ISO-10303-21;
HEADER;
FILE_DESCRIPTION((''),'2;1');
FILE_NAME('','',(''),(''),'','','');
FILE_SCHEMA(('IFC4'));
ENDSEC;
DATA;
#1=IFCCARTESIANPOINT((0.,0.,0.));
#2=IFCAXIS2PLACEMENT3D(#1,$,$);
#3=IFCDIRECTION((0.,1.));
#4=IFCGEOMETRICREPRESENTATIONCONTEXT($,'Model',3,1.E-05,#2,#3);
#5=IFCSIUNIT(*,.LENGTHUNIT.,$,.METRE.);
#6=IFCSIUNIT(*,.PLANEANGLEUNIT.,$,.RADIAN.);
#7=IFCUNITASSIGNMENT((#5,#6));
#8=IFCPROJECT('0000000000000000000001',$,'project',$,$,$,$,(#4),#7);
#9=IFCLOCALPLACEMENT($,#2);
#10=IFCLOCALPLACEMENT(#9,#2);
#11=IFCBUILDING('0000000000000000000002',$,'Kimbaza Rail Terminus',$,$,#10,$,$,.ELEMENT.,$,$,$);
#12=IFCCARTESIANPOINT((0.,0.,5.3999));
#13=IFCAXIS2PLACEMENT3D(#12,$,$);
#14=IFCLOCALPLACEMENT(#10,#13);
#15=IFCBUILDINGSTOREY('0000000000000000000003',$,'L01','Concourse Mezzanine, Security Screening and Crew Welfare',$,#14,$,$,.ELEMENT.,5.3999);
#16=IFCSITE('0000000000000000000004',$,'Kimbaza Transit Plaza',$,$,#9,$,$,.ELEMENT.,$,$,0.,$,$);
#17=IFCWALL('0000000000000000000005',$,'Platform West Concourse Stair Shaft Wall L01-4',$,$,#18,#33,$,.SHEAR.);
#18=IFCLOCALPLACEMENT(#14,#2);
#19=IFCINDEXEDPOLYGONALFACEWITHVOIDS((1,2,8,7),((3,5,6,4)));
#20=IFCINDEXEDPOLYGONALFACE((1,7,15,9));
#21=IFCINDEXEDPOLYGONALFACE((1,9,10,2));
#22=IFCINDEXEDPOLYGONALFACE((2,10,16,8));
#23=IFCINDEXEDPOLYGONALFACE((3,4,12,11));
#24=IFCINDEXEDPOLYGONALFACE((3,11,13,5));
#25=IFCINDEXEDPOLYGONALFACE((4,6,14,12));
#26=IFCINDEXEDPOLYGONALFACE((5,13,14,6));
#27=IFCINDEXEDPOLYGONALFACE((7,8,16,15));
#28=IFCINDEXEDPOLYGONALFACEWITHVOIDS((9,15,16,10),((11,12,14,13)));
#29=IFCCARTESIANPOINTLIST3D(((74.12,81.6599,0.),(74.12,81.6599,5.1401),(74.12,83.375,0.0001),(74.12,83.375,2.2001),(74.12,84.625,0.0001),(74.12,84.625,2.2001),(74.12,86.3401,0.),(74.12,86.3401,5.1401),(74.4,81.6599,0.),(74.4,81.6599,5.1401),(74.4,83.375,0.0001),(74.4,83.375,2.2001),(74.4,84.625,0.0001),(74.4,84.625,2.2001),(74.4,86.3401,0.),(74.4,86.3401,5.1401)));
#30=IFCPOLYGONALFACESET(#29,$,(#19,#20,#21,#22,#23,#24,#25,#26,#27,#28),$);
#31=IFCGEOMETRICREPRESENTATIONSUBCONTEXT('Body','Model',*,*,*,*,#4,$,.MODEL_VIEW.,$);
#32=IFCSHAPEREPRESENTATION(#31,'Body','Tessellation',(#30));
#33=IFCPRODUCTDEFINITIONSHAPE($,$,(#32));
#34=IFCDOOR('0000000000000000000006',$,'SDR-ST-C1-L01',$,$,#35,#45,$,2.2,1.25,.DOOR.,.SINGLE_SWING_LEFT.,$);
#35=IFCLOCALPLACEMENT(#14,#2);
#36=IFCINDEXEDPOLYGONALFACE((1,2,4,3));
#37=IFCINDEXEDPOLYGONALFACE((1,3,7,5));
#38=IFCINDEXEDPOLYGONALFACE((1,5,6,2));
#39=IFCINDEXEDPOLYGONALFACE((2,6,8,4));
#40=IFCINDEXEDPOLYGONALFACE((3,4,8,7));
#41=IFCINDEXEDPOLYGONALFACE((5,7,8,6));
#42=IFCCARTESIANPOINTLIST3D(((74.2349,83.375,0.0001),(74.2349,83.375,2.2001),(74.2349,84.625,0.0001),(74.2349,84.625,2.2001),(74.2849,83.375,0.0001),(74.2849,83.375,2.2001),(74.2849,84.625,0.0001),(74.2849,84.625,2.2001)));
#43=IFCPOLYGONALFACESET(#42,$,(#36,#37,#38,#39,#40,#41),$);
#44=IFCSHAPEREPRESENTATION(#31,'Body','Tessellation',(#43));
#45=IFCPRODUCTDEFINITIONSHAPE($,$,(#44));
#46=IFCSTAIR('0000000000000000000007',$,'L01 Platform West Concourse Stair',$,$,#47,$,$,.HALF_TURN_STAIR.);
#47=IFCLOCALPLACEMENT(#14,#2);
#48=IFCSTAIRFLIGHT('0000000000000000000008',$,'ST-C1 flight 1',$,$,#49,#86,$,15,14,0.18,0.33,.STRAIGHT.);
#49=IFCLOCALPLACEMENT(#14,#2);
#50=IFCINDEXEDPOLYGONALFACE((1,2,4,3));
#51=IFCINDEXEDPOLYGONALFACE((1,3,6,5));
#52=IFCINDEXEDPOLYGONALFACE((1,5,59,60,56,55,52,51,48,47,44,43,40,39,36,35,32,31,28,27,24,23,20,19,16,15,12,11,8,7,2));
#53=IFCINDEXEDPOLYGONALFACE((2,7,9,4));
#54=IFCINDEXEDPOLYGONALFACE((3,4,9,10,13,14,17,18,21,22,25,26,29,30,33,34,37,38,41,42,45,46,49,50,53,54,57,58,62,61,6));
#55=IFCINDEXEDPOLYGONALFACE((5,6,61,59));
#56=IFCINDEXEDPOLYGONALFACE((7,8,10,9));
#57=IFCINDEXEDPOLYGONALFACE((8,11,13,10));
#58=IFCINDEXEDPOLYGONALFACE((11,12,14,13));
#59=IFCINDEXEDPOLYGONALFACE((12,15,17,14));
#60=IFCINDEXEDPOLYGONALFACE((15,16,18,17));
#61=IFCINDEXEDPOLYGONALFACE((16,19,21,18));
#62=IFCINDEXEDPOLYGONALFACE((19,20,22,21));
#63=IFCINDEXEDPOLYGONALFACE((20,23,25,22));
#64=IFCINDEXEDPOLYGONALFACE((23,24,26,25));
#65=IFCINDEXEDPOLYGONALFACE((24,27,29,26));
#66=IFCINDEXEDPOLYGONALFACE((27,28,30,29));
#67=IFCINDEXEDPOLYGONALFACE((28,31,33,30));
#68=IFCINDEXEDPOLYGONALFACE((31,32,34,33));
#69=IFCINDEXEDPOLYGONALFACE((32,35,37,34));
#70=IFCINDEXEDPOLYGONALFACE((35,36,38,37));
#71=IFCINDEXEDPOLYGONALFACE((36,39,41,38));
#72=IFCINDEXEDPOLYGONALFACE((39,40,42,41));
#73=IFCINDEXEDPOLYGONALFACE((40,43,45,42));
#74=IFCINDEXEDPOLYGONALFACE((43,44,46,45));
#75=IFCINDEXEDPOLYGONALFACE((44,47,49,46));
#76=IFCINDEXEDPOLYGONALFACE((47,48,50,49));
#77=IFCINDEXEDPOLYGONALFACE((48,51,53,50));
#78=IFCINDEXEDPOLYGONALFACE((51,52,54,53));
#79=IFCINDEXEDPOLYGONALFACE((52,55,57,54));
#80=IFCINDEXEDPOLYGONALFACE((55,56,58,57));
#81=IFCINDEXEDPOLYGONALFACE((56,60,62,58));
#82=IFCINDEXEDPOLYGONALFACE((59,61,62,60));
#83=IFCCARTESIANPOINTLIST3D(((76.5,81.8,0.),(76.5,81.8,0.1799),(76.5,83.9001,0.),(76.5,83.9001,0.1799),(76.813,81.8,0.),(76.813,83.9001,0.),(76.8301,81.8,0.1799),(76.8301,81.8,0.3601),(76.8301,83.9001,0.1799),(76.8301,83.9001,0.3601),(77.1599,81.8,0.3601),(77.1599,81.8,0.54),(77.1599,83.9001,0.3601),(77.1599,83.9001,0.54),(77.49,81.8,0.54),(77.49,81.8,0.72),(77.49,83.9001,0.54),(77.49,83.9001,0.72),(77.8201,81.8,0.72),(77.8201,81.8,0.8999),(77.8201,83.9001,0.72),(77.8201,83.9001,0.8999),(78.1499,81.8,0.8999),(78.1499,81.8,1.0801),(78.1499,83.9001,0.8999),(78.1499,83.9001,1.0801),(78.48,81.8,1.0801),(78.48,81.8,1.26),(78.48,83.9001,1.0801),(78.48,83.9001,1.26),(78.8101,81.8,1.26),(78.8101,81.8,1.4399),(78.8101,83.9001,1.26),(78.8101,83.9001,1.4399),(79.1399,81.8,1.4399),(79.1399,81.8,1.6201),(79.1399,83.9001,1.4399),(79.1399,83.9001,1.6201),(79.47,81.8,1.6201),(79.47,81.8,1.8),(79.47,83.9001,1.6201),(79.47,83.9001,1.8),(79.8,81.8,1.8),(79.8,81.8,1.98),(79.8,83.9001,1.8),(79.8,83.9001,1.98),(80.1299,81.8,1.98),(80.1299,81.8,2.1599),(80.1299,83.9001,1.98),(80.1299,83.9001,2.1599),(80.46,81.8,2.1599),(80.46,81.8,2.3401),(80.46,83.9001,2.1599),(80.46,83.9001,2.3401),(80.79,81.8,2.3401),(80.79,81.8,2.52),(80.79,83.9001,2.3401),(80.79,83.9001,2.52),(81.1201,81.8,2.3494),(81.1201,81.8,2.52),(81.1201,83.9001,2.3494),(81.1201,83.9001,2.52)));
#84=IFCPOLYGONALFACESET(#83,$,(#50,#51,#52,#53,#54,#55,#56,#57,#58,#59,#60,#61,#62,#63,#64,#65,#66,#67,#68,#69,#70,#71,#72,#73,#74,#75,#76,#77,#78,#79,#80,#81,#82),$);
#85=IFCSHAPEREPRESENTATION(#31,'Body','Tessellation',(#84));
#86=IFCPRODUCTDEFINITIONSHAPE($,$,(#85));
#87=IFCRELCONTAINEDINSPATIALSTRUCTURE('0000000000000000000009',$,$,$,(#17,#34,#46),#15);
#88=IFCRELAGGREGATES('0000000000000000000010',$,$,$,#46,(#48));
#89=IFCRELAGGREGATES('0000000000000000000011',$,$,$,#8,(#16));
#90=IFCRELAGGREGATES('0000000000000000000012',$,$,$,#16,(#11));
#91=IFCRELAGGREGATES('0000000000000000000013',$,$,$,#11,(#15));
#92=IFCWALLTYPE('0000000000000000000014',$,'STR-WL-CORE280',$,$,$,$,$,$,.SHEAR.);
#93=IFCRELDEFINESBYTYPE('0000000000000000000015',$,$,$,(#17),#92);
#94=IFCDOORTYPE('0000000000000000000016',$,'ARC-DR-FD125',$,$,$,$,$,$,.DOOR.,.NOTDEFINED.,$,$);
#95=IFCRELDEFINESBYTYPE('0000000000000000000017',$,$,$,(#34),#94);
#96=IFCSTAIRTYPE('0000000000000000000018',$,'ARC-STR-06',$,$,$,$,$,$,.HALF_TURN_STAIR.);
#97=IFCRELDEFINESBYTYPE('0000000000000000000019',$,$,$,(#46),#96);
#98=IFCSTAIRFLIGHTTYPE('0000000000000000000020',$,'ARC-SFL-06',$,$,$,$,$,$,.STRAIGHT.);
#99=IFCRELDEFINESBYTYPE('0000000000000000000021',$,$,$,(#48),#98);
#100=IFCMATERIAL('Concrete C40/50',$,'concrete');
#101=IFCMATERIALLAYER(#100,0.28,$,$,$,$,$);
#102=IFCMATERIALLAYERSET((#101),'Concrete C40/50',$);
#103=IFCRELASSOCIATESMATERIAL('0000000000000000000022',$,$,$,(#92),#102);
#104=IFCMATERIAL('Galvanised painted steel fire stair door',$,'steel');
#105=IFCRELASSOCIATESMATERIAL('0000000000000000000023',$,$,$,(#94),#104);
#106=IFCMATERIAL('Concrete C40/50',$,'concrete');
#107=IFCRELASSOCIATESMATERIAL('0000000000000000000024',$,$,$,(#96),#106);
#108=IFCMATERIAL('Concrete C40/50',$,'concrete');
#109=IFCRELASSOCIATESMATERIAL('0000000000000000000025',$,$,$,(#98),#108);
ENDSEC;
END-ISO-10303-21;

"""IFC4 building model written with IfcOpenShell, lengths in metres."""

from ifc_helpers import new_model, si_unit, direction, frame, frame_2d, origin, place, context, subcontext, project, spatial, polyline, rectangle, outline, extrude, material, layer, layer_set, type_object, element, fill, aggregate, save


model = new_model("IFC4")

# Units and contexts
model_context = context("Model", 3, precision=1e-05, world=origin(), true_north=direction((0.0, 1.0)))
body_context = subcontext(model_context, "Body", "Model", "MODEL_VIEW")
ifc_project = project(units=[si_unit("LENGTHUNIT", "METRE"), si_unit("PLANEANGLEUNIT", "RADIAN")], contexts=[model_context])

# Site, building, storey
site_placement = place(None, origin())
site = spatial("IfcSite", under=ifc_project, at=site_placement, Name="Kimbaza Transit Plaza", CompositionType="ELEMENT", RefElevation=0.0)
building_placement = place(site_placement, origin())
building = spatial("IfcBuilding", under=site, at=building_placement, Name="Kimbaza Rail Terminus", CompositionType="ELEMENT")
storey_placement = place(building_placement, frame((0.0, 0.0, 5.3999)))
storey = spatial("IfcBuildingStorey", under=building, at=storey_placement, Name="L01", Description="Concourse Mezzanine, Security Screening and Crew Welfare", CompositionType="ELEMENT", Elevation=5.3999)

# Shared definitions
ifc_material_1 = material(Name="Concrete C40/50", Category="concrete")
ifc_layer_1 = layer(ifc_material_1, 0.28)
ifc_layer_set_1 = layer_set([ifc_layer_1], Name="Concrete C40/50")
wall_type_1 = type_object("IfcWallType", Name="STR-WL-CORE280", PredefinedType="SHEAR", material=ifc_layer_set_1)

# Wall, opening, door
wall_1_placement = place(storey_placement, frame((74.26, 86.3401, 0.0), z_axis=(0.0, 0.0, 1.0), x_axis=(0.0, -1.0, 0.0)))
wall_1 = element("IfcWall", 1, at=wall_1_placement, inside=storey, type_object=wall_type_1, Name="Platform West Concourse Stair Shaft Wall L01-4", PredefinedType="SHEAR", context=body_context, shape_type="SweptSolid", body=[
    extrude(rectangle(XDim=4.6802, YDim=0.28, at=frame_2d((2.3401, 0.0))), origin(), (0.0, 0.0, 1.0), 5.1401),
])
opening_1_placement = place(wall_1_placement, frame((1.7151, 0.0, 0.0)))
opening_1 = element("IfcOpeningElement", 2, at=opening_1_placement, cuts=wall_1, PredefinedType="OPENING", context=body_context, shape_type="SweptSolid", body=[
    extrude(rectangle(XDim=1.25, YDim=2.2, at=frame_2d((0.625, 1.1001))), frame((0.0, 0.1499, 0.0), z_axis=(0.0, -1.0, 0.0), x_axis=(1.0, 0.0, 0.0)), (0.0, 0.0, 1.0), 0.3),
])
ifc_material_2 = material(Name="Galvanised painted steel fire stair door", Category="steel")
door_type_1 = type_object("IfcDoorType", Name="ARC-DR-FD125", OperationType="NOTDEFINED", PredefinedType="DOOR", material=ifc_material_2)
door_1_placement = place(opening_1_placement, origin())
door_1 = element("IfcDoor", 3, at=door_1_placement, inside=storey, type_object=door_type_1, Name="SDR-ST-C1-L01", OperationType="SINGLE_SWING_LEFT", OverallHeight=2.2, OverallWidth=1.25, PredefinedType="DOOR", context=body_context, shape_type="SweptSolid", body=[
    extrude(rectangle(XDim=1.25, YDim=2.2, at=frame_2d((0.625, 1.1001))), frame((0.0, 0.0249, 0.0), z_axis=(0.0, -1.0, 0.0), x_axis=(1.0, 0.0, 0.0)), (0.0, 0.0, 1.0), 0.05),
])
fill(opening_1, door_1)

# Stair, stair flight
ifc_material_3 = material(Name="Concrete C40/50", Category="concrete")
stair_type = type_object("IfcStairType", Name="ARC-STR-06", PredefinedType="HALF_TURN_STAIR", material=ifc_material_3)
stair_placement = place(storey_placement, origin())
stair = element("IfcStair", 4, at=stair_placement, inside=storey, type_object=stair_type, Name="L01 Platform West Concourse Stair", PredefinedType="HALF_TURN_STAIR")
ifc_material_4 = material(Name="Concrete C40/50", Category="concrete")
stair_flight_type = type_object("IfcStairFlightType", Name="ARC-SFL-06", PredefinedType="STRAIGHT", material=ifc_material_4)
stair_flight_placement = place(storey_placement, frame((76.5, 82.8501, 0.0), z_axis=(0.0, 0.0, 1.0), x_axis=(1.0, 0.0, 0.0)))
stair_flight = element("IfcStairFlight", 5, at=stair_flight_placement, type_object=stair_flight_type, Name="ST-C1 flight 1", NumberOfRisers=15, NumberOfTreads=14, PredefinedType="STRAIGHT", RiserHeight=0.18, TreadLength=0.33, context=body_context, shape_type="SweptSolid", body=[
    extrude(outline(polyline([(0.0, 0.0), (0.0, 0.1799), (0.3301, 0.1799), (0.3301, 0.3601), (0.6599, 0.3601), (0.6599, 0.54), (0.99, 0.54), (0.99, 0.72), (1.3201, 0.72), (1.3201, 0.8999), (1.6499, 0.8999), (1.6499, 1.0801), (1.98, 1.0801), (1.98, 1.26), (2.3101, 1.26), (2.3101, 1.4399), (2.6399, 1.4399), (2.6399, 1.6201), (2.97, 1.6201), (2.97, 1.8), (3.3, 1.8), (3.3, 1.98), (3.6299, 1.98), (3.6299, 2.1599), (3.96, 2.1599), (3.96, 2.3401), (4.29, 2.3401), (4.29, 2.52), (4.6201, 2.52), (4.6201, 2.7), (4.6201, 2.3494), (0.313, 0.0), (0.0, 0.0)])), frame((0.0, 1.05, 0.0), z_axis=(0.0, -1.0, 0.0), x_axis=(1.0, 0.0, 0.0)), (0.0, 0.0, 1.0), 2.1001),
])
aggregate(stair, [stair_flight])

save(model, "model.ifc")
